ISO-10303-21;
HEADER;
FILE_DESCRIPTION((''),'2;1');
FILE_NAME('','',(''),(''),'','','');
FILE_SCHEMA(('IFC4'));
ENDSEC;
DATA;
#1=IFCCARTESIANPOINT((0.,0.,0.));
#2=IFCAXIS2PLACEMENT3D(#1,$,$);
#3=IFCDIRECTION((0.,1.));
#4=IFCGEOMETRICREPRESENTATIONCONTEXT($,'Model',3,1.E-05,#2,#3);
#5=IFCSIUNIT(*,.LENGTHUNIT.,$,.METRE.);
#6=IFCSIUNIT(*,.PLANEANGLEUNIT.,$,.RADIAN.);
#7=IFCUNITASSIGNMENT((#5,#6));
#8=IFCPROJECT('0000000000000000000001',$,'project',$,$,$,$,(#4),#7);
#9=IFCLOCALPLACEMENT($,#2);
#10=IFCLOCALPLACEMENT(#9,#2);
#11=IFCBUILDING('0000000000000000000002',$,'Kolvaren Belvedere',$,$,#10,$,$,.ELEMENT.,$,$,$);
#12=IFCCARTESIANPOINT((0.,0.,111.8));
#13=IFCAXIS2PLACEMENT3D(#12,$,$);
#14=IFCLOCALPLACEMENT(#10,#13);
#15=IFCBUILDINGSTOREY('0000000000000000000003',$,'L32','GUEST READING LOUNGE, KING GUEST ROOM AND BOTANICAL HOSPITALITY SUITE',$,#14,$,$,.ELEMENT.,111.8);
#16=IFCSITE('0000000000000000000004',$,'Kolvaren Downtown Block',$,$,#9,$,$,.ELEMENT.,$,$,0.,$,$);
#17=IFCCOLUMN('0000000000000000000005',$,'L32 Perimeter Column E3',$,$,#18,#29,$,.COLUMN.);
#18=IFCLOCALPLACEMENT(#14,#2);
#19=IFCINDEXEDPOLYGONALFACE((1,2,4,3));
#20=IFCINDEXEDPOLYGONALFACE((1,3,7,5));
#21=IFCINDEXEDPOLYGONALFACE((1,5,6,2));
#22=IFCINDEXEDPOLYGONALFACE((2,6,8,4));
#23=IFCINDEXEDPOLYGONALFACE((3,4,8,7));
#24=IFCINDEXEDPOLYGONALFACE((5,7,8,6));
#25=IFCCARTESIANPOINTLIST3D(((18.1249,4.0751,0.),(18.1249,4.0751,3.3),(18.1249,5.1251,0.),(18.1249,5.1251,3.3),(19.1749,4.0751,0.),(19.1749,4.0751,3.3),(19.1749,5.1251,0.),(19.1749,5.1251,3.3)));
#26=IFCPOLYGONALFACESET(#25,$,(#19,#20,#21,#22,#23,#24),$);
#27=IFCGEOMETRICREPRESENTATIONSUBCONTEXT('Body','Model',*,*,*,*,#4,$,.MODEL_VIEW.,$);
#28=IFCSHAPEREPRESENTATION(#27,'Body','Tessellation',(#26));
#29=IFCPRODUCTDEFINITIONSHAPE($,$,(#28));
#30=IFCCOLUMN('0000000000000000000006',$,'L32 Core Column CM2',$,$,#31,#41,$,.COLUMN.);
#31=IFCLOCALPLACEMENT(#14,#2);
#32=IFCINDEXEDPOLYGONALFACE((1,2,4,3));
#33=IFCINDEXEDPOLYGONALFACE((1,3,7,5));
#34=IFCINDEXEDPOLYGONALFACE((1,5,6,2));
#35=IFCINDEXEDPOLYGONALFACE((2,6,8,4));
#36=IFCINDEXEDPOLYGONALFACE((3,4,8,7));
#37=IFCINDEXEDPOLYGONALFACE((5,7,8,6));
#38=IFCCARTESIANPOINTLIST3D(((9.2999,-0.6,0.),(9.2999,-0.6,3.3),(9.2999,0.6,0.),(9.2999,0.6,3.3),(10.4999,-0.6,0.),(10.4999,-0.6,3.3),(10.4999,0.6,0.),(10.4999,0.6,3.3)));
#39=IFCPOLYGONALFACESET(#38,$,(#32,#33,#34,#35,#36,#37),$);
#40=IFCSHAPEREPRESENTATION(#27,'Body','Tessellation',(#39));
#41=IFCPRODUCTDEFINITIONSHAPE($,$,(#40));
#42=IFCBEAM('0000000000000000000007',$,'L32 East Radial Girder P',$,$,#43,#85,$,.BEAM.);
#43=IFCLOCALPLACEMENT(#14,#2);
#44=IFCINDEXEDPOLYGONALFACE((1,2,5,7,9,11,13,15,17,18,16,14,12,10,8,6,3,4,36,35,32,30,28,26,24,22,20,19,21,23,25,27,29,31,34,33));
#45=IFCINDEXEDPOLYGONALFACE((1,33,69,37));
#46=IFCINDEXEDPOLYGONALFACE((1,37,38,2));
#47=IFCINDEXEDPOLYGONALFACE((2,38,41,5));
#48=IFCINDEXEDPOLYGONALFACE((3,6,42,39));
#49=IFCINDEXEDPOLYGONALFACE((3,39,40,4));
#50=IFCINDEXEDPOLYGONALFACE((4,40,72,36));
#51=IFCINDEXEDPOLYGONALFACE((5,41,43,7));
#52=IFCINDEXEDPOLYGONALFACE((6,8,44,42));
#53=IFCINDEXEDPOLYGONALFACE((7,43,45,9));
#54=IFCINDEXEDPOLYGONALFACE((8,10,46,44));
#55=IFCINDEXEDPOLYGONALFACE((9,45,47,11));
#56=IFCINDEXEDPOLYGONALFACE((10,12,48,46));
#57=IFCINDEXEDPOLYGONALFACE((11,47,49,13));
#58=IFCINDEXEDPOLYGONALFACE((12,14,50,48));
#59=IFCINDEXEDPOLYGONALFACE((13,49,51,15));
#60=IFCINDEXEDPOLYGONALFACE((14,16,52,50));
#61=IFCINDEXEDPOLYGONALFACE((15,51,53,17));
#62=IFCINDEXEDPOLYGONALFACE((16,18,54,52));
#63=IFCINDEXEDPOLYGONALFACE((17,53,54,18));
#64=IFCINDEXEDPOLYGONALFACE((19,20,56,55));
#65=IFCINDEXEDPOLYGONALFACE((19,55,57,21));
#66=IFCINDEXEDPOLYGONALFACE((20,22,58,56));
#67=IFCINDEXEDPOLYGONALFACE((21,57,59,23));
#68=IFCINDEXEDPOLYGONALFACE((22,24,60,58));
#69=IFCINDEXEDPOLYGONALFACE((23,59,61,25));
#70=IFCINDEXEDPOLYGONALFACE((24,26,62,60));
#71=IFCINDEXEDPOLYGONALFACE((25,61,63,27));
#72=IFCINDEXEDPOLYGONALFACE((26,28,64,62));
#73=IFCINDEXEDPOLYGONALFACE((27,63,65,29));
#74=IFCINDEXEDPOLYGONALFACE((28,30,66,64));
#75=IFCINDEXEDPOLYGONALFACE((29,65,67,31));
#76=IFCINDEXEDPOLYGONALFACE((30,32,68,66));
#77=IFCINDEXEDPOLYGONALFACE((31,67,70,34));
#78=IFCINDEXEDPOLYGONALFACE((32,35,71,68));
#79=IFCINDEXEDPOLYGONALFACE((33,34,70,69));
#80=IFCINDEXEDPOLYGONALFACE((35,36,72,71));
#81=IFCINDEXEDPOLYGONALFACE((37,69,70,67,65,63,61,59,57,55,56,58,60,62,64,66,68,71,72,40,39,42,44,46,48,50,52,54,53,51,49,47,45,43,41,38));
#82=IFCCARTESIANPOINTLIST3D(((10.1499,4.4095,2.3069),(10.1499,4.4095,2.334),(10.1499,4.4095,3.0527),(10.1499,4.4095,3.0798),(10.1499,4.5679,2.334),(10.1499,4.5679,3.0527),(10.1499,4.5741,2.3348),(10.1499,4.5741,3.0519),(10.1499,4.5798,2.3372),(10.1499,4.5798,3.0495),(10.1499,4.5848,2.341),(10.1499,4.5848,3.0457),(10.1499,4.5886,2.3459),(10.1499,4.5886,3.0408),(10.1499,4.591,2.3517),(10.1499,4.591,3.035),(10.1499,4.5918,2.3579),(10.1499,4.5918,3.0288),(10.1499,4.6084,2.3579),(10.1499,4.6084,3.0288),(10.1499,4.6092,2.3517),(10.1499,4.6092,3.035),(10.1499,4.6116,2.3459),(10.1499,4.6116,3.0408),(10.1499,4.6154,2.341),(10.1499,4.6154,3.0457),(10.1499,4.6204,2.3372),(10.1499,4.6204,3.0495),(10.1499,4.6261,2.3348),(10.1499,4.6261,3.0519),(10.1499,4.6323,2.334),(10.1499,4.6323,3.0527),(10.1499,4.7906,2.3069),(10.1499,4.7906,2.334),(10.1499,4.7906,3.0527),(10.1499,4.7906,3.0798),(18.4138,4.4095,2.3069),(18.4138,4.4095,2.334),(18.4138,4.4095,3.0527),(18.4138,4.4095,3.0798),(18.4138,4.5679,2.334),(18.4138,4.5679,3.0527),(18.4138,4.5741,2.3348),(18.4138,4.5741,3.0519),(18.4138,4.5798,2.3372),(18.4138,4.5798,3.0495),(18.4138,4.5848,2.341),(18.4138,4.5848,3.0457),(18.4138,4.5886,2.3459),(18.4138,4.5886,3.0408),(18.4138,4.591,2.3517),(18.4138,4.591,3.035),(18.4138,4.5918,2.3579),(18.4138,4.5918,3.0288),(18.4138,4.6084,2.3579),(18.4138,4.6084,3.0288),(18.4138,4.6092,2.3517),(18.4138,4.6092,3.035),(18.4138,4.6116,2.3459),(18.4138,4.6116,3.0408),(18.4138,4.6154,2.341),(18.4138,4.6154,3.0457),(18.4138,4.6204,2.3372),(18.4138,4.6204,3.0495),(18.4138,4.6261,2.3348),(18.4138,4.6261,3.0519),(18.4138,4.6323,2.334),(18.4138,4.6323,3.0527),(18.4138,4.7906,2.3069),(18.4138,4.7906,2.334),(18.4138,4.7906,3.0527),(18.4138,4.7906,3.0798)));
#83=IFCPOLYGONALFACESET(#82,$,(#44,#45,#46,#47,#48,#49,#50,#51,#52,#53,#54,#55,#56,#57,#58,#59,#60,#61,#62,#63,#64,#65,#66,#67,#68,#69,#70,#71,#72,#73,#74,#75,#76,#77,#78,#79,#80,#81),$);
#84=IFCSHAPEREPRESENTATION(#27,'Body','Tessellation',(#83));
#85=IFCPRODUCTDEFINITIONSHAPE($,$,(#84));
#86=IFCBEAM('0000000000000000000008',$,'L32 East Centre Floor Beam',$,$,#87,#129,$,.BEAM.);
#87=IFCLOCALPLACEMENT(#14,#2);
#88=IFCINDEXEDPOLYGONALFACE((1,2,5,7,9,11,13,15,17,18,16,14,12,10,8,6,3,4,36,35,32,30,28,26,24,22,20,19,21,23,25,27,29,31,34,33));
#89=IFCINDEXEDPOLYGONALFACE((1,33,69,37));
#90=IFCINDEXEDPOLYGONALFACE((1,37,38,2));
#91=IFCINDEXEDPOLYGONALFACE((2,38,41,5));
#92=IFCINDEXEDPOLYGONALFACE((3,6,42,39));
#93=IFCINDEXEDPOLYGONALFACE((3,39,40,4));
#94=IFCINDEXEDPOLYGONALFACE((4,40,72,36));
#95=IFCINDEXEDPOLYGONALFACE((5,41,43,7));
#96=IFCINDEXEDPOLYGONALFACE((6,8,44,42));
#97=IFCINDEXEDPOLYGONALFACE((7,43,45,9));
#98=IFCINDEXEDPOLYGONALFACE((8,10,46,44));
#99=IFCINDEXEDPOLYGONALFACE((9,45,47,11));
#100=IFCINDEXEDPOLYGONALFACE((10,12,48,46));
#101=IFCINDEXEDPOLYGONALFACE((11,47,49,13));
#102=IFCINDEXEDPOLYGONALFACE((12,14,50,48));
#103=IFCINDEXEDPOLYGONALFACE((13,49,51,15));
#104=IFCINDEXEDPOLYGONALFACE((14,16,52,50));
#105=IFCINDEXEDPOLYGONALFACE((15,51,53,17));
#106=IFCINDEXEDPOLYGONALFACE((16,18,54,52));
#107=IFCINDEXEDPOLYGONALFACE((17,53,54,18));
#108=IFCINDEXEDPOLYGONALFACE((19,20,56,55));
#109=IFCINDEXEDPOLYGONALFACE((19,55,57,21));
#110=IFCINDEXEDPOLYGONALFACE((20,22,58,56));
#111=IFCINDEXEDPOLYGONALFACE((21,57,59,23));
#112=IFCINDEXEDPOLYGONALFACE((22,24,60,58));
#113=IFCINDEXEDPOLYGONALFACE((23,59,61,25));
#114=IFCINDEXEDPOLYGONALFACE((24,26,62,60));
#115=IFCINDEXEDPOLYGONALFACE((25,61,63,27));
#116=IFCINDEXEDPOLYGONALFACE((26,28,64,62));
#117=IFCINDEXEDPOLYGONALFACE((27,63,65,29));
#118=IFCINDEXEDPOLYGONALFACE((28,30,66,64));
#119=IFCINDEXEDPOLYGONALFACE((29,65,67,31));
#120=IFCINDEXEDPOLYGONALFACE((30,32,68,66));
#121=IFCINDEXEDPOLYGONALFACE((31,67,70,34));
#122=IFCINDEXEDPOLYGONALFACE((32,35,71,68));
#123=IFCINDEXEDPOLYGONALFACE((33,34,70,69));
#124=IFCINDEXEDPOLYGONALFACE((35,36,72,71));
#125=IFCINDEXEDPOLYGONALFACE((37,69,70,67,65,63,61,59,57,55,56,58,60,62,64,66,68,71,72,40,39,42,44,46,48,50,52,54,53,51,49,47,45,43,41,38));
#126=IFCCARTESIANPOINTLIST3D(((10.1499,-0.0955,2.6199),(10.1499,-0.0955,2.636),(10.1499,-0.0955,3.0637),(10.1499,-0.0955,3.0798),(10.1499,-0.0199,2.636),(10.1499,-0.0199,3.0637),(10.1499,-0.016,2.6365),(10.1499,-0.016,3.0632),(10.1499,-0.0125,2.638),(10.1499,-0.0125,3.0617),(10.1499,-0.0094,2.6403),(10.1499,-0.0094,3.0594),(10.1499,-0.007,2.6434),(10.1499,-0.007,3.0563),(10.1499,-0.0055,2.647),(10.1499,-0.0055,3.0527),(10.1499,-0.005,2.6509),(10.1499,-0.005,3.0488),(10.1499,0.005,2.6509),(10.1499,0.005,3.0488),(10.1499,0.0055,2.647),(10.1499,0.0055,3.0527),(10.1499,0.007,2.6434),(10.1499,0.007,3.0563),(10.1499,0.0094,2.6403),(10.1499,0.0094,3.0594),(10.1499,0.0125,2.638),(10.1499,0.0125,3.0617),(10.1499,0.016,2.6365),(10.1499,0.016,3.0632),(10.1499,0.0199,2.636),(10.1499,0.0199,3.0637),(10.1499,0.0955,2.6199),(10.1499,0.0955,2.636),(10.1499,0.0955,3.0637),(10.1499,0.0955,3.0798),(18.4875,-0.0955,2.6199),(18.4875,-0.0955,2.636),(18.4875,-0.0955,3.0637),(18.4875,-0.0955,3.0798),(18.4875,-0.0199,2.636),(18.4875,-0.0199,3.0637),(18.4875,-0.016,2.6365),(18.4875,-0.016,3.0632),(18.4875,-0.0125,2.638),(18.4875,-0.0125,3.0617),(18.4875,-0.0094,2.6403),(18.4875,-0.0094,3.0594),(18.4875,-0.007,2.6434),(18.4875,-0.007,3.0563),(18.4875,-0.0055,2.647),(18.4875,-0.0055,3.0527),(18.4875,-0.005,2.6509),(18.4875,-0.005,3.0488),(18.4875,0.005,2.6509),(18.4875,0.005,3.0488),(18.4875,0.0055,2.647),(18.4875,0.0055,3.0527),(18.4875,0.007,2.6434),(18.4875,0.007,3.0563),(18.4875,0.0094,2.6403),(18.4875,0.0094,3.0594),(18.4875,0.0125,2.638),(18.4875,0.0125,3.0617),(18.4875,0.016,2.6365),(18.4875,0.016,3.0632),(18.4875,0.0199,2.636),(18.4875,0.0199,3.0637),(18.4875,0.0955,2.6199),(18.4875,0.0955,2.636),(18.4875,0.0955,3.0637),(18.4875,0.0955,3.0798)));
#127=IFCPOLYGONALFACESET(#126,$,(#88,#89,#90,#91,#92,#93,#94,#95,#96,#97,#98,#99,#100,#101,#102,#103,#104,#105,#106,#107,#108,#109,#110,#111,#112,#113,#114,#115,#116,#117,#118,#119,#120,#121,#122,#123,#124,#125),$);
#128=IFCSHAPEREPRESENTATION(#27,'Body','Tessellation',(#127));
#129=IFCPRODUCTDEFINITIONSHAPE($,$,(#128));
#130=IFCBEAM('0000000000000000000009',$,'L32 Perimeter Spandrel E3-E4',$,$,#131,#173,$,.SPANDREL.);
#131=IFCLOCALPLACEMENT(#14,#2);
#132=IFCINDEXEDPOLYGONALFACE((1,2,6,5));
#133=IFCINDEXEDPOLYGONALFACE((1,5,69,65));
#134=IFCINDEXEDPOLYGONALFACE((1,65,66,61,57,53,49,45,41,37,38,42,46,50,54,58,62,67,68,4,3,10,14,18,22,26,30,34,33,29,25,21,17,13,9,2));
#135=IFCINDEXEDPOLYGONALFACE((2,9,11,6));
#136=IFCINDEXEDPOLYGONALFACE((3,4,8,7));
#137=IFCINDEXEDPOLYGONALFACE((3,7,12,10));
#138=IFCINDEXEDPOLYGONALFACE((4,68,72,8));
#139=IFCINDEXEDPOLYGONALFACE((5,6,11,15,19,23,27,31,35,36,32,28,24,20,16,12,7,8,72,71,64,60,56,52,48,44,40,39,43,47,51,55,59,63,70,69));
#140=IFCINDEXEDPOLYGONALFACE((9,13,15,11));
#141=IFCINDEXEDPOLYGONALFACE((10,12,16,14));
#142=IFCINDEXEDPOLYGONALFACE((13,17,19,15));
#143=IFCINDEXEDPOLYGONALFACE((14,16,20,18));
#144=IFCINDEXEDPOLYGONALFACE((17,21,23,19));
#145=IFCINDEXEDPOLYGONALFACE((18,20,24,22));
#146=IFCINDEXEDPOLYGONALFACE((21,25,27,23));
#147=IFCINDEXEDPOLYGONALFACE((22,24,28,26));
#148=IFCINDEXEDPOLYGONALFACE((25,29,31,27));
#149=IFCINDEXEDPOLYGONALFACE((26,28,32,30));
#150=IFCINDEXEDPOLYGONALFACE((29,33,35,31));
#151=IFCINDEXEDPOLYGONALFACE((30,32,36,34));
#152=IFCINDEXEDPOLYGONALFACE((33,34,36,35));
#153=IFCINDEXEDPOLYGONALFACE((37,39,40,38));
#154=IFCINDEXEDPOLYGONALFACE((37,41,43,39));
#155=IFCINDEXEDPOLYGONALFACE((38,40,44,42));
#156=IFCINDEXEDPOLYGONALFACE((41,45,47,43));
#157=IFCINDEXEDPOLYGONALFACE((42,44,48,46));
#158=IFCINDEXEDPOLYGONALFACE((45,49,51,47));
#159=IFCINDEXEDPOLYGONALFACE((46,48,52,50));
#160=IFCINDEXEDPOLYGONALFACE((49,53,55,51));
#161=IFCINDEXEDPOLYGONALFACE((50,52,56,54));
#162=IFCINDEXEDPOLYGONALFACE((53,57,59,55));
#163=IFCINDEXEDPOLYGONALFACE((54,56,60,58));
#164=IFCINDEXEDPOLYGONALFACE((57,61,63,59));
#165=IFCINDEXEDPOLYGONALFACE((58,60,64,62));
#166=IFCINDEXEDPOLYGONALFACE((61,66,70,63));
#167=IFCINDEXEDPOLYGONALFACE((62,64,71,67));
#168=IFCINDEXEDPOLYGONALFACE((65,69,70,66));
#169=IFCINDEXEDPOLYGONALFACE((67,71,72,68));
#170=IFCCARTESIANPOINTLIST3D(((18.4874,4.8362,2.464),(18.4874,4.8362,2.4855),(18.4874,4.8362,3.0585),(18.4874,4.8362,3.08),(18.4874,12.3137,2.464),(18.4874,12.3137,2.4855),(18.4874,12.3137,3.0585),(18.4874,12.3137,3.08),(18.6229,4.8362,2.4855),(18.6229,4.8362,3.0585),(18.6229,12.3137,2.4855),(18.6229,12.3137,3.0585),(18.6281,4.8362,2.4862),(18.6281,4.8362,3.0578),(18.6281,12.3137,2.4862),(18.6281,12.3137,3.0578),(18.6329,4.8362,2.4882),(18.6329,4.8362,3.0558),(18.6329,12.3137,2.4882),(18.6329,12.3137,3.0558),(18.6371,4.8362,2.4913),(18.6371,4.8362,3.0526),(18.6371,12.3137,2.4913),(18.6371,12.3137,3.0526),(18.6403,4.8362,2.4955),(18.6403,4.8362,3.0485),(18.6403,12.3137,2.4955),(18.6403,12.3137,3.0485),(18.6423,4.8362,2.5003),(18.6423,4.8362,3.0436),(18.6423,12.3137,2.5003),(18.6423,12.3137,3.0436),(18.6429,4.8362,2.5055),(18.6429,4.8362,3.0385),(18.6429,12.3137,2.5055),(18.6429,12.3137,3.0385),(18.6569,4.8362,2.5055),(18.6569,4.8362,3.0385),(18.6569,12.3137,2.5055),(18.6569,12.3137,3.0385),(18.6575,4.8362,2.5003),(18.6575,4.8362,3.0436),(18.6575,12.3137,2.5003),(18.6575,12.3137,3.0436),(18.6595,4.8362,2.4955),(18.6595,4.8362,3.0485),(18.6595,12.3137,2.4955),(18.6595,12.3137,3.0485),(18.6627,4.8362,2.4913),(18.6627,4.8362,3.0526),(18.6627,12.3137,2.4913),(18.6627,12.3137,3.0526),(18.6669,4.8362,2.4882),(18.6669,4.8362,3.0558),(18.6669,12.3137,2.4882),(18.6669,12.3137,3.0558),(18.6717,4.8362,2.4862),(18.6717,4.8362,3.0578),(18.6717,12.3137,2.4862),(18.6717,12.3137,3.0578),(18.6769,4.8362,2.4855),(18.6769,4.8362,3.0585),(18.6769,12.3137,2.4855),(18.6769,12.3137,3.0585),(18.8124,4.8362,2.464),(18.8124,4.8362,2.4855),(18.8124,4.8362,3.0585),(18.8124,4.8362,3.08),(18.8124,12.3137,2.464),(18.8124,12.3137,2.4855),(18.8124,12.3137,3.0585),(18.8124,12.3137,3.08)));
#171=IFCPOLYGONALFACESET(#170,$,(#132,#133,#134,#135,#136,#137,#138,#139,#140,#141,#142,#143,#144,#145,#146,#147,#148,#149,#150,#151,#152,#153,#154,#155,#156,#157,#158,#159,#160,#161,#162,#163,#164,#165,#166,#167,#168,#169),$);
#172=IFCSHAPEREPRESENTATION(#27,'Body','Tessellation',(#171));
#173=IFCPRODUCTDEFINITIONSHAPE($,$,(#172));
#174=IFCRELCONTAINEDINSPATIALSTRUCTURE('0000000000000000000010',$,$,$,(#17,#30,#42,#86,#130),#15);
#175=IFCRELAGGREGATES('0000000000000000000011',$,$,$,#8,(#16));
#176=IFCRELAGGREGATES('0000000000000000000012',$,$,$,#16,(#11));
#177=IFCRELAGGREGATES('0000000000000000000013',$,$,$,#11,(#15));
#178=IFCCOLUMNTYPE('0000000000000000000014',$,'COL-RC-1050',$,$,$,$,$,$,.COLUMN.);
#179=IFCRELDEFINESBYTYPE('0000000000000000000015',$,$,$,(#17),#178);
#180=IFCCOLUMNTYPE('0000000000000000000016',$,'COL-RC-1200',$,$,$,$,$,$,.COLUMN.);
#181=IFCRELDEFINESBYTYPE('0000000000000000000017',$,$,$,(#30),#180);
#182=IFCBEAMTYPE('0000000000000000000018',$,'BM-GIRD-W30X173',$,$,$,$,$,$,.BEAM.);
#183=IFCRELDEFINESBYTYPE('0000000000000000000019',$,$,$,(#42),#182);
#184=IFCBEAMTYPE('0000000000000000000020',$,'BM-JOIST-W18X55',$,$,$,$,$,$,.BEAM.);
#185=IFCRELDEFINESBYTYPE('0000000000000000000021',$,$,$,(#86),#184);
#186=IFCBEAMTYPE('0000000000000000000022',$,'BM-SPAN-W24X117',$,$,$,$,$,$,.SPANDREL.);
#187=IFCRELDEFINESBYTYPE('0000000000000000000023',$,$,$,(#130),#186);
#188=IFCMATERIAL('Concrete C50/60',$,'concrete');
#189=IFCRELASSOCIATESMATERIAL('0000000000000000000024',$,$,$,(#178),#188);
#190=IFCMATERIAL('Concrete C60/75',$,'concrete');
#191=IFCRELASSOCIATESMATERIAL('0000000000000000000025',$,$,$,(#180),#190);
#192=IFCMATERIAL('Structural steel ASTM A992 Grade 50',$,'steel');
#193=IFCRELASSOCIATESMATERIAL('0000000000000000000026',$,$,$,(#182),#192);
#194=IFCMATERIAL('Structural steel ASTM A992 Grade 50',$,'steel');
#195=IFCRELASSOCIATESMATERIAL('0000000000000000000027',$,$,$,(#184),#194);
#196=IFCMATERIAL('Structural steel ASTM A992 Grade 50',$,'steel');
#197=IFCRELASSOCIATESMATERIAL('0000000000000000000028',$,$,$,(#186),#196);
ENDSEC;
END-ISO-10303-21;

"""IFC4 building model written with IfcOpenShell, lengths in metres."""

from ifc_helpers import new_model, si_unit, direction, frame, origin, origin_2d, place, context, subcontext, project, spatial, rectangle, i_section, extrude, material, material_profile, profile_set, type_object, element, save


model = new_model("IFC4")

# Units and contexts
model_context = context("Model", 3, precision=1e-05, world=origin(), true_north=direction((0.0, 1.0)))
body_context = subcontext(model_context, "Body", "Model", "MODEL_VIEW")
ifc_project = project(units=[si_unit("LENGTHUNIT", "METRE"), si_unit("PLANEANGLEUNIT", "RADIAN")], contexts=[model_context])

# Site, building, storey
site_placement = place(None, origin())
site = spatial("IfcSite", under=ifc_project, at=site_placement, Name="Kolvaren Downtown Block", CompositionType="ELEMENT", RefElevation=0.0)
building_placement = place(site_placement, origin())
building = spatial("IfcBuilding", under=site, at=building_placement, Name="Kolvaren Belvedere", CompositionType="ELEMENT")
storey_placement = place(building_placement, frame((0.0, 0.0, 111.8)))
storey = spatial("IfcBuildingStorey", under=building, at=storey_placement, Name="L32", Description="GUEST READING LOUNGE, KING GUEST ROOM AND BOTANICAL HOSPITALITY SUITE", CompositionType="ELEMENT", Elevation=111.8)

# Columns
ifc_material_1 = material(Name="Concrete C50/60", Category="concrete")
ifc_material_profile_1 = material_profile(ifc_material_1, rectangle(XDim=1.05, YDim=1.05, at=origin_2d()), Name="RC 1050X1050")
ifc_profile_set_1 = profile_set([ifc_material_profile_1], Name="Concrete C50/60")
column_type_1 = type_object("IfcColumnType", Name="COL-RC-1050", PredefinedType="COLUMN", material=ifc_profile_set_1)
column_1_placement = place(storey_placement, frame((18.6499, 4.6001, 0.0), z_axis=(0.0, 0.0, 1.0), x_axis=(1.0, 0.0, 0.0)))
element("IfcColumn", 1, at=column_1_placement, inside=storey, type_object=column_type_1, Name="L32 Perimeter Column E3", PredefinedType="COLUMN", context=body_context, shape_type="SweptSolid", body=[
    extrude(rectangle(XDim=1.05, YDim=1.05, at=origin_2d()), origin(), (0.0, 0.0, 1.0), 3.3),
])
ifc_material_2 = material(Name="Concrete C60/75", Category="concrete")
ifc_material_profile_2 = material_profile(ifc_material_2, rectangle(XDim=1.2, YDim=1.2, at=origin_2d()), Name="RC 1200X1200")
ifc_profile_set_2 = profile_set([ifc_material_profile_2], Name="Concrete C60/75")
column_type_2 = type_object("IfcColumnType", Name="COL-RC-1200", PredefinedType="COLUMN", material=ifc_profile_set_2)
column_2_placement = place(storey_placement, frame((9.8999, 0.0, 0.0), z_axis=(0.0, 0.0, 1.0), x_axis=(1.0, 0.0, 0.0)))
element("IfcColumn", 2, at=column_2_placement, inside=storey, type_object=column_type_2, Name="L32 Core Column CM2", PredefinedType="COLUMN", context=body_context, shape_type="SweptSolid", body=[
    extrude(rectangle(XDim=1.2, YDim=1.2, at=origin_2d()), origin(), (0.0, 0.0, 1.0), 3.3),
])

# Beams
ifc_material_3 = material(Name="Structural steel ASTM A992 Grade 50", Category="steel")
ifc_material_profile_3 = material_profile(ifc_material_3, i_section(OverallWidth=0.3811, OverallDepth=0.7729, WebThickness=0.0166, FlangeThickness=0.0271, FilletRadius=0.0239, at=origin_2d()), Name="W30X173")
ifc_profile_set_3 = profile_set([ifc_material_profile_3], Name="Structural steel ASTM A992 Grade 50")
beam_type_1 = type_object("IfcBeamType", Name="BM-GIRD-W30X173", PredefinedType="BEAM", material=ifc_profile_set_3)
beam_1_placement = place(storey_placement, frame((10.1499, 4.6001, 2.6934), z_axis=(1.0, 0.0, 0.0), x_axis=(0.0, 1.0, 0.0)))
element("IfcBeam", 3, at=beam_1_placement, inside=storey, type_object=beam_type_1, Name="L32 East Radial Girder P", PredefinedType="BEAM", context=body_context, shape_type="SweptSolid", body=[
    extrude(i_section(OverallWidth=0.3811, OverallDepth=0.7729, WebThickness=0.0166, FlangeThickness=0.0271, FilletRadius=0.0239, at=origin_2d()), origin(), (0.0, 0.0, 1.0), 8.2639),
])
ifc_material_4 = material(Name="Structural steel ASTM A992 Grade 50", Category="steel")
ifc_material_profile_4 = material_profile(ifc_material_4, i_section(OverallWidth=0.1909, OverallDepth=0.46, WebThickness=0.01, FlangeThickness=0.0161, FilletRadius=0.0149, at=origin_2d()), Name="W18X55")
ifc_profile_set_4 = profile_set([ifc_material_profile_4], Name="Structural steel ASTM A992 Grade 50")
beam_type_2 = type_object("IfcBeamType", Name="BM-JOIST-W18X55", PredefinedType="BEAM", material=ifc_profile_set_4)
beam_2_placement = place(storey_placement, frame((10.1499, 0.0, 2.8499), z_axis=(1.0, 0.0, 0.0), x_axis=(0.0, 1.0, 0.0)))
element("IfcBeam", 4, at=beam_2_placement, inside=storey, type_object=beam_type_2, Name="L32 East Centre Floor Beam", PredefinedType="BEAM", context=body_context, shape_type="SweptSolid", body=[
    extrude(i_section(OverallWidth=0.1909, OverallDepth=0.46, WebThickness=0.01, FlangeThickness=0.0161, FilletRadius=0.0149, at=origin_2d()), origin(), (0.0, 0.0, 1.0), 8.3376),
])
ifc_material_5 = material(Name="Structural steel ASTM A992 Grade 50", Category="steel")
ifc_material_profile_5 = material_profile(ifc_material_5, i_section(OverallWidth=0.325, OverallDepth=0.616, WebThickness=0.0139, FlangeThickness=0.0215, FilletRadius=0.02, at=origin_2d()), Name="W24X117")
ifc_profile_set_5 = profile_set([ifc_material_profile_5], Name="Structural steel ASTM A992 Grade 50")
beam_type_3 = type_object("IfcBeamType", Name="BM-SPAN-W24X117", PredefinedType="SPANDREL", material=ifc_profile_set_5)
beam_3_placement = place(storey_placement, frame((18.6499, 4.8362, 2.772), z_axis=(0.0, 1.0, 0.0), x_axis=(-1.0, 0.0, 0.0)))
element("IfcBeam", 5, at=beam_3_placement, inside=storey, type_object=beam_type_3, Name="L32 Perimeter Spandrel E3-E4", PredefinedType="SPANDREL", context=body_context, shape_type="SweptSolid", body=[
    extrude(i_section(OverallWidth=0.325, OverallDepth=0.616, WebThickness=0.0139, FlangeThickness=0.0215, FilletRadius=0.02, at=origin_2d()), origin(), (0.0, 0.0, 1.0), 7.4775),
])

save(model, "model.ifc")
